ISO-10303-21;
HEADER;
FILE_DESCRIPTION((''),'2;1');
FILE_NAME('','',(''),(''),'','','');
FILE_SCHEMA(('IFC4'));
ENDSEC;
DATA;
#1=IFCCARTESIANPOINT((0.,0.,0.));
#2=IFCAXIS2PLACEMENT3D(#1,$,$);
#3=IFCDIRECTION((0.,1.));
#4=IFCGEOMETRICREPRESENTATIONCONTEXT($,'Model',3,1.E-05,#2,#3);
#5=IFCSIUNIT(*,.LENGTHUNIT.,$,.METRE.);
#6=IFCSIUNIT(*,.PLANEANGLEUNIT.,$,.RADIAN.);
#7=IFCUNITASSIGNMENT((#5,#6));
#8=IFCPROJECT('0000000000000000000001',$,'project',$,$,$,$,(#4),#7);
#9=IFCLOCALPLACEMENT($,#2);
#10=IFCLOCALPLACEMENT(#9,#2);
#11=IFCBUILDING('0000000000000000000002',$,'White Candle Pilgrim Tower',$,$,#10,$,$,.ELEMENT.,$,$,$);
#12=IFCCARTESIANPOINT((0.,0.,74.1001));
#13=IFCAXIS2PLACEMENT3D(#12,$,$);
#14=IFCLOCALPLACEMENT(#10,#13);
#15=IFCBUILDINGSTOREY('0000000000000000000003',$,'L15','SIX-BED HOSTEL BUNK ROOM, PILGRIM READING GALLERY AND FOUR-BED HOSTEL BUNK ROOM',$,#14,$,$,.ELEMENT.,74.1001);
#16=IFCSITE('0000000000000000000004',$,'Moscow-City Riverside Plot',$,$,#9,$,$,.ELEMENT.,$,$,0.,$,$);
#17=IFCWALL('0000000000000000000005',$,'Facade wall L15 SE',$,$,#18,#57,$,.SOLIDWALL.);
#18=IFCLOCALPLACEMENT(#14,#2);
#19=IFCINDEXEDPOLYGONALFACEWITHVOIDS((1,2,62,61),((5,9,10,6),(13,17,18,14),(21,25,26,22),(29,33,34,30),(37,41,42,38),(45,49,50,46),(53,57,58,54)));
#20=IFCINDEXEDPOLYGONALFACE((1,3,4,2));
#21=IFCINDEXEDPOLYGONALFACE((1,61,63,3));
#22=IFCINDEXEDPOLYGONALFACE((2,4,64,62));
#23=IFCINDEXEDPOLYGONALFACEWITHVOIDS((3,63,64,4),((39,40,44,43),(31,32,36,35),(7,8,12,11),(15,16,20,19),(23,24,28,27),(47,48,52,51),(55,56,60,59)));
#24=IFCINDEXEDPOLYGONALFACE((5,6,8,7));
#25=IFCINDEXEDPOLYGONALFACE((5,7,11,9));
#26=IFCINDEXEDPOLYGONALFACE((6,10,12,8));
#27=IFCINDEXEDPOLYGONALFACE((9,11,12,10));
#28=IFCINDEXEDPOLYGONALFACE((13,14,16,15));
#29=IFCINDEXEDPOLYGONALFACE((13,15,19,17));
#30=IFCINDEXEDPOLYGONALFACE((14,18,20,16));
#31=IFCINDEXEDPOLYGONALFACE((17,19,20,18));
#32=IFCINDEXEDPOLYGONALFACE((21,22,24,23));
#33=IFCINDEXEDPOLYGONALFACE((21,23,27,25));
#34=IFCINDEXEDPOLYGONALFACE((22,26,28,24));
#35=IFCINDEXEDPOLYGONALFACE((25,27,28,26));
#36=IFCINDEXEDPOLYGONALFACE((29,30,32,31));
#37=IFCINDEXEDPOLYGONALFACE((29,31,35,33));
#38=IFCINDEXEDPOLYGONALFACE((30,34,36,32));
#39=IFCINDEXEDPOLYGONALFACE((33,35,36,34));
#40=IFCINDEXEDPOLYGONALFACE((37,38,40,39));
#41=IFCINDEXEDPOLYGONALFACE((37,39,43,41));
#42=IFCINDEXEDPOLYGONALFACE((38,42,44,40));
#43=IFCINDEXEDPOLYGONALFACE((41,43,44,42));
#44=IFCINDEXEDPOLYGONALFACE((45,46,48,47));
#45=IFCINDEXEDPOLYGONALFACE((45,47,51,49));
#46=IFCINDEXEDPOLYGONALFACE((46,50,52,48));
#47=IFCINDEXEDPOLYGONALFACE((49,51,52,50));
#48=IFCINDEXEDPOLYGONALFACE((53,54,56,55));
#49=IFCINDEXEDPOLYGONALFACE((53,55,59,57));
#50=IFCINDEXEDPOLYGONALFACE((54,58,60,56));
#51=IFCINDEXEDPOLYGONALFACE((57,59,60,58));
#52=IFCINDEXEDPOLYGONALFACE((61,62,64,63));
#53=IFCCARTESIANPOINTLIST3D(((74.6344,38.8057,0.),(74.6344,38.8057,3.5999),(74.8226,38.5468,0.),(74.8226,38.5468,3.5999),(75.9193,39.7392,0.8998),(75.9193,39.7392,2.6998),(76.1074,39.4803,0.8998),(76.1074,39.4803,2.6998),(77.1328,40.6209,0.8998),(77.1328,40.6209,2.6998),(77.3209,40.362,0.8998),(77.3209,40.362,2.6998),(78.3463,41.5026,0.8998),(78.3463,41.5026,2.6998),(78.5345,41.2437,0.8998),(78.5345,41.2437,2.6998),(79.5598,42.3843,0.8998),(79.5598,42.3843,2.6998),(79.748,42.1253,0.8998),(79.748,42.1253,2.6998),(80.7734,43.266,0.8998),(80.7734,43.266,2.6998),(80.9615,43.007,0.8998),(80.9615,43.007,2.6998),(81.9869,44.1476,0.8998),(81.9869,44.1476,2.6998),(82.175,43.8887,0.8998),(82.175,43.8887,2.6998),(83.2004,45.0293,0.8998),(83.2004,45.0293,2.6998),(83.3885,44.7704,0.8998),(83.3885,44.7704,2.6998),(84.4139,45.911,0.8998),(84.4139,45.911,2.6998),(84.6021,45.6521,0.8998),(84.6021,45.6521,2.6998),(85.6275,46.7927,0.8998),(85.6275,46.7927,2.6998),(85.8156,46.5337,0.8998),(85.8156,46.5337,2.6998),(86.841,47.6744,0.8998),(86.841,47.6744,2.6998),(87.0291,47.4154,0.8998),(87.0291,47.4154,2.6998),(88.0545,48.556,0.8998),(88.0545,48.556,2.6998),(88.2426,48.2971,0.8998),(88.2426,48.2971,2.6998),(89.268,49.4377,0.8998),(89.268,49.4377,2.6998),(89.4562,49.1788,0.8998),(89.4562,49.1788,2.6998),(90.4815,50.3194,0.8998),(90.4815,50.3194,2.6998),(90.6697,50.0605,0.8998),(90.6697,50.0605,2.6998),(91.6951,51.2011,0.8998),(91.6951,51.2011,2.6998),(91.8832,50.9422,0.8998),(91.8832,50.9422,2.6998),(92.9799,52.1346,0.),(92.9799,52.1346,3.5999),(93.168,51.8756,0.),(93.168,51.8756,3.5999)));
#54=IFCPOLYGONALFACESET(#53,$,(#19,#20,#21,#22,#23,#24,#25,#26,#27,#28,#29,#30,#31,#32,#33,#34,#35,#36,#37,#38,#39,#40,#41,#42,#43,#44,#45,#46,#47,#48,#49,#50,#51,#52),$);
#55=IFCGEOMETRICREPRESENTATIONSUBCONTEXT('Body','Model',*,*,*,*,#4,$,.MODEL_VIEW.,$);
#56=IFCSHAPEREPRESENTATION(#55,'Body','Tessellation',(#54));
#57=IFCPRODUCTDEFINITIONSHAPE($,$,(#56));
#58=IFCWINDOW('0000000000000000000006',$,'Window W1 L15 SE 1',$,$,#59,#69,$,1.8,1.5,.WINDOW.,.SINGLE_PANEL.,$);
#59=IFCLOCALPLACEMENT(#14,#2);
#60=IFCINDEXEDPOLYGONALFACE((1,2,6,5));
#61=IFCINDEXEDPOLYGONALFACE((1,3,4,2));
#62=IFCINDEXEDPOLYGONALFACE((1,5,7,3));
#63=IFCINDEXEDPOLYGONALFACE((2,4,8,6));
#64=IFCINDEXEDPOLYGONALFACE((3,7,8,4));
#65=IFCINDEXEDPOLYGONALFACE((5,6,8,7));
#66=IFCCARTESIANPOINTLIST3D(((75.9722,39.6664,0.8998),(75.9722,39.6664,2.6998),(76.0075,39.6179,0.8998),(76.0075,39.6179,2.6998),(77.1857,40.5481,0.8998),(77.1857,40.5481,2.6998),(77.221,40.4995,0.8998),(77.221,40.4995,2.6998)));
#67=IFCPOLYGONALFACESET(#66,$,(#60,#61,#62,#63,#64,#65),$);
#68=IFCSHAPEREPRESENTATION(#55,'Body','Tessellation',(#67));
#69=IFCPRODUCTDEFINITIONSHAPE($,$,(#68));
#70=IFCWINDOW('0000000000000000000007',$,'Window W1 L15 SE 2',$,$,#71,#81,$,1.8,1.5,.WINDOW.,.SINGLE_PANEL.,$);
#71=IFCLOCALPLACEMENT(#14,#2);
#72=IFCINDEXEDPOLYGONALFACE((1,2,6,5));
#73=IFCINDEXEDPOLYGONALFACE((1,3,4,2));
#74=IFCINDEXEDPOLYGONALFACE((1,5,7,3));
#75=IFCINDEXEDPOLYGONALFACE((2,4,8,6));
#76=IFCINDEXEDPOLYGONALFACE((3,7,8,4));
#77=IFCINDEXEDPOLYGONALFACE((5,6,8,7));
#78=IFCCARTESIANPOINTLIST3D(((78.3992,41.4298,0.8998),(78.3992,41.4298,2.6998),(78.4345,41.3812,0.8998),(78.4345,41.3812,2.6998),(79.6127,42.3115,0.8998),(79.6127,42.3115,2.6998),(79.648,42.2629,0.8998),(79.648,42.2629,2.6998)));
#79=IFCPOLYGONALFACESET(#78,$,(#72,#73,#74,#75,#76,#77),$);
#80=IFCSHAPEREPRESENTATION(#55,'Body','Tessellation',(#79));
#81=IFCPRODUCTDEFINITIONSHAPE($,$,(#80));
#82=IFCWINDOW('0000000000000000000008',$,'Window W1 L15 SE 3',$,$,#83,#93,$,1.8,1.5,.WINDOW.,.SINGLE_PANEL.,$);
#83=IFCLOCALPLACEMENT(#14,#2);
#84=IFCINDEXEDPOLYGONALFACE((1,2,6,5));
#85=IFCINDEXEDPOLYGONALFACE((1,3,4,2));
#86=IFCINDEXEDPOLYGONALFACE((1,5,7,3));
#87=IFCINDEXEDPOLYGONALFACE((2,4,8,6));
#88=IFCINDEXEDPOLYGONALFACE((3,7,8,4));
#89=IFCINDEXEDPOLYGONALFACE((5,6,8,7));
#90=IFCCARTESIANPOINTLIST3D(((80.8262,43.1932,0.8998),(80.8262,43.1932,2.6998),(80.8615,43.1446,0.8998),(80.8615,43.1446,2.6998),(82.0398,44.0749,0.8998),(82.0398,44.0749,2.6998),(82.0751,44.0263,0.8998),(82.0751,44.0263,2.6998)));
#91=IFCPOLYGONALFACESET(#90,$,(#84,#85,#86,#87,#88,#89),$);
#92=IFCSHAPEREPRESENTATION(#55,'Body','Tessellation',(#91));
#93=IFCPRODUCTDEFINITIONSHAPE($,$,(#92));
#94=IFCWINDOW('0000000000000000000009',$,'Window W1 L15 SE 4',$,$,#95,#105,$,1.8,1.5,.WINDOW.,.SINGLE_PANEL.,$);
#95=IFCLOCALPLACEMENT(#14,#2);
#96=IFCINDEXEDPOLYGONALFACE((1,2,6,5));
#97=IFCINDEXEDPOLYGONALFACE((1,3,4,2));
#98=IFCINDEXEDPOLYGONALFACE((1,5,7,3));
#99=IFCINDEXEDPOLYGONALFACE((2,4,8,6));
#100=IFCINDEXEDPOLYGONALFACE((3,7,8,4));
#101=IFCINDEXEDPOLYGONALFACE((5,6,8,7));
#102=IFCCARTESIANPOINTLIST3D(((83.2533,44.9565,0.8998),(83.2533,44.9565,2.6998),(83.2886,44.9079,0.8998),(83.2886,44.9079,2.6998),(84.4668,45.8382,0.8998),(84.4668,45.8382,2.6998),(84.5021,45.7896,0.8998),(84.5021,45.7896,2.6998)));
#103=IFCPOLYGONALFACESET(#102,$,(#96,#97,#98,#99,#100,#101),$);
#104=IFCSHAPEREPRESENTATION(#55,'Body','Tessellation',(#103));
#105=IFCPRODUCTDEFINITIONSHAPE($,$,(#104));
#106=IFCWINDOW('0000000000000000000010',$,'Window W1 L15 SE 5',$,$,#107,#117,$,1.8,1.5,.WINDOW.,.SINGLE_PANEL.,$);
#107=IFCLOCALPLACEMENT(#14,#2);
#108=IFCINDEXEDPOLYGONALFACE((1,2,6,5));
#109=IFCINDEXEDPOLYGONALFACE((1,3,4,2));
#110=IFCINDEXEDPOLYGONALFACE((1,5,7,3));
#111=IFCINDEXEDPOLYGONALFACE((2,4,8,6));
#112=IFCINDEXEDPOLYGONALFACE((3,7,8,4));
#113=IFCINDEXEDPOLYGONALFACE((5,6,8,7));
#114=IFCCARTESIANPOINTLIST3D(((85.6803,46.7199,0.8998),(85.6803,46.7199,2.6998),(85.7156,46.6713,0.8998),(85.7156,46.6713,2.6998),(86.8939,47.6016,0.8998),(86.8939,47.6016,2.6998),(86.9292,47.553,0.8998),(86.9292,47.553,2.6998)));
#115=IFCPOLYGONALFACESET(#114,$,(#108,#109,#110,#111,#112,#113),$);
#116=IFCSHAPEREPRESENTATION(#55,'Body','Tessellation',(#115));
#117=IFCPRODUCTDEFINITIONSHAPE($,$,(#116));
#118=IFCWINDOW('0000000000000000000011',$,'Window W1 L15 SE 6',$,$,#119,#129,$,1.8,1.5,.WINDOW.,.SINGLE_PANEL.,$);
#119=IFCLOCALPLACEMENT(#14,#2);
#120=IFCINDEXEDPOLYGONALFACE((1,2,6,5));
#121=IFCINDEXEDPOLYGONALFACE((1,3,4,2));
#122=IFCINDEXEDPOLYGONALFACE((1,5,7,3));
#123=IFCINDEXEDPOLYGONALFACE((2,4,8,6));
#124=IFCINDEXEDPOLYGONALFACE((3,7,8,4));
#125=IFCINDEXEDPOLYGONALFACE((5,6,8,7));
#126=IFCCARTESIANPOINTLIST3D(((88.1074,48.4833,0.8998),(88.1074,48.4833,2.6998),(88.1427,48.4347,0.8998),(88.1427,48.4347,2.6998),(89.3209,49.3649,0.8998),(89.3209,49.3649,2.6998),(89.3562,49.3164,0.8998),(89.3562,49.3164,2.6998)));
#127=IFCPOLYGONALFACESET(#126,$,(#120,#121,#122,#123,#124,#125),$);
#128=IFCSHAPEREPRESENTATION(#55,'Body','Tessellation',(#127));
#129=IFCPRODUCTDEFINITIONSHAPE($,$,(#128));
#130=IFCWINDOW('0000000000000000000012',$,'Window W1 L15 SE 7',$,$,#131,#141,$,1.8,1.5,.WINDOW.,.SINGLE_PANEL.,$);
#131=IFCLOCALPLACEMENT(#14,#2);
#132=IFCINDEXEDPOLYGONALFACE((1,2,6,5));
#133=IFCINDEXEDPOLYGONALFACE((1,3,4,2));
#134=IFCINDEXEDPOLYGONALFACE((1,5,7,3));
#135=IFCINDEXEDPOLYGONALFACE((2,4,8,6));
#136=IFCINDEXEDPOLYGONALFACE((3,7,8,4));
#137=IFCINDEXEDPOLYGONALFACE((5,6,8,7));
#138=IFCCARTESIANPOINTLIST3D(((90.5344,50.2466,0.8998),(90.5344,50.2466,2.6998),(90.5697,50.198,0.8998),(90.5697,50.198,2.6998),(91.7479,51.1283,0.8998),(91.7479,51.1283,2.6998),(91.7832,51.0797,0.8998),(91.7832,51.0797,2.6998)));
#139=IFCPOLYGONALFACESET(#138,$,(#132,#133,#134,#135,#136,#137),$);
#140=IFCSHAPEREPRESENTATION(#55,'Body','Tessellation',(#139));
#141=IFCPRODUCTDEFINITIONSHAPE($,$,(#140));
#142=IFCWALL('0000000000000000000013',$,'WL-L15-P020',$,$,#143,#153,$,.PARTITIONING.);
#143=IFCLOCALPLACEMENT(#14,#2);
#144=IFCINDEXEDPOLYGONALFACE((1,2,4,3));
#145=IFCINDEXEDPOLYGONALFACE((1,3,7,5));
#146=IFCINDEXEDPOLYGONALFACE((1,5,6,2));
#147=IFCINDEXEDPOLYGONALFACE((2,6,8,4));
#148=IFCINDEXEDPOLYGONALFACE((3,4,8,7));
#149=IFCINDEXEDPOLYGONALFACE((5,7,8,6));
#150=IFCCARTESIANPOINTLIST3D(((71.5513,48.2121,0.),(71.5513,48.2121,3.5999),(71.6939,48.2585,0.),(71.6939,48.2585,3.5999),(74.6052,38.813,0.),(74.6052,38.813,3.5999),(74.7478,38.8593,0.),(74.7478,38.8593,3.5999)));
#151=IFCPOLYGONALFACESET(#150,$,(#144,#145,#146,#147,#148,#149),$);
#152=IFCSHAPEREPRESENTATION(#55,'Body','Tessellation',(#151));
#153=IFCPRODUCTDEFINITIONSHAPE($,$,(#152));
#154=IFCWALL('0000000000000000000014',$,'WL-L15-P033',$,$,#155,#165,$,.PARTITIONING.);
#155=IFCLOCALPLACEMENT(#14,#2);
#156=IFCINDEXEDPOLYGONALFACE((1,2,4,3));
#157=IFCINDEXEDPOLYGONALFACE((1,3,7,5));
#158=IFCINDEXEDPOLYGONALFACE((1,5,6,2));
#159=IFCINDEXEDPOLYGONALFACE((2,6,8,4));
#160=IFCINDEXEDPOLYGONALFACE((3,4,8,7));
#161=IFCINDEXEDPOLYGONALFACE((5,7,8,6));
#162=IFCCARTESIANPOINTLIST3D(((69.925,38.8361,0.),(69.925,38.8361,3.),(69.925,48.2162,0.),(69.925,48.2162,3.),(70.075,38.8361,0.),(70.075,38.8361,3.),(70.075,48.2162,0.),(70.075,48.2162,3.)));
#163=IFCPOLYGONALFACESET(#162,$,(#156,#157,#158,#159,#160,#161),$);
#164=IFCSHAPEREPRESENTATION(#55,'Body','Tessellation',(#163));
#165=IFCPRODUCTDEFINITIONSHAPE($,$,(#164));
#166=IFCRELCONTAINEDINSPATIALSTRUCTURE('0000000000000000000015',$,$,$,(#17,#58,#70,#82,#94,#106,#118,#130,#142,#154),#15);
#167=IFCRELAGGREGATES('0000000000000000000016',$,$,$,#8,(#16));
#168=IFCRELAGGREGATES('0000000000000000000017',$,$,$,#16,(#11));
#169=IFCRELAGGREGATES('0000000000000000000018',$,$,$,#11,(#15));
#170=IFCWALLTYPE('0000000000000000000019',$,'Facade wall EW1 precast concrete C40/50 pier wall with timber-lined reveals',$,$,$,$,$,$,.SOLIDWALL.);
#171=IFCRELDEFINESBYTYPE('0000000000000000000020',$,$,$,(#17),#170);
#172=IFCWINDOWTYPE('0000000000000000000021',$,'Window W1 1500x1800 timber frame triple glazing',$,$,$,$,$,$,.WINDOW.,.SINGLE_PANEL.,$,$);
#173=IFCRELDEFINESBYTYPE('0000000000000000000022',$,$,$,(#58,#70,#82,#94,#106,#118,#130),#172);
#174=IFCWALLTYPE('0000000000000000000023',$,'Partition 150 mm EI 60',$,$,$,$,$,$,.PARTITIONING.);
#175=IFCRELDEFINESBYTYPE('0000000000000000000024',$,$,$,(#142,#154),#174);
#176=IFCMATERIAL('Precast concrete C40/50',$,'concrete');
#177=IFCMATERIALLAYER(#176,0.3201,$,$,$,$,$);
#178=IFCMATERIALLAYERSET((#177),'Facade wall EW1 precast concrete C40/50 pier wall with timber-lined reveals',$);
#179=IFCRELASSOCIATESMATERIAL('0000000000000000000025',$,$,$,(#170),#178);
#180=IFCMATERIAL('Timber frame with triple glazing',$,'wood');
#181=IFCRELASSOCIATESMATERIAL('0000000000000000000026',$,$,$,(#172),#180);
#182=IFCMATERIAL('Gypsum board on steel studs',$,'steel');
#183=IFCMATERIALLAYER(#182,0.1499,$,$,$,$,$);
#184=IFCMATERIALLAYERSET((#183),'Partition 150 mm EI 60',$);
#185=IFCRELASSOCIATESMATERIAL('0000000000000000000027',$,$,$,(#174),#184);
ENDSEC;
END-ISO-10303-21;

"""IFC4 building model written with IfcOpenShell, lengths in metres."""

from ifc_helpers import new_model, si_unit, direction, frame, frame_2d, origin, place, context, subcontext, project, spatial, rectangle, extrude, material, layer, layer_set, type_object, element, fill, save


model = new_model("IFC4")

# Units and contexts
model_context = context("Model", 3, precision=1e-05, world=origin(), true_north=direction((0.0, 1.0)))
body_context = subcontext(model_context, "Body", "Model", "MODEL_VIEW")
ifc_project = project(units=[si_unit("LENGTHUNIT", "METRE"), si_unit("PLANEANGLEUNIT", "RADIAN")], contexts=[model_context])

# Site, building, storey
site_placement = place(None, origin())
site = spatial("IfcSite", under=ifc_project, at=site_placement, Name="Moscow-City Riverside Plot", CompositionType="ELEMENT", RefElevation=0.0)
building_placement = place(site_placement, origin())
building = spatial("IfcBuilding", under=site, at=building_placement, Name="White Candle Pilgrim Tower", CompositionType="ELEMENT")
storey_placement = place(building_placement, frame((0.0, 0.0, 74.1001)))
storey = spatial("IfcBuildingStorey", under=building, at=storey_placement, Name="L15", Description="SIX-BED HOSTEL BUNK ROOM, PILGRIM READING GALLERY AND FOUR-BED HOSTEL BUNK ROOM", CompositionType="ELEMENT", Elevation=74.1001)

# Shared definitions
ifc_material_1 = material(Name="Gypsum board on steel studs", Category="steel")

# Wall, openings, windows
ifc_material_2 = material(Name="Precast concrete C40/50", Category="concrete")
ifc_layer_1 = layer(ifc_material_2, 0.3201)
ifc_layer_set_1 = layer_set([ifc_layer_1], Name="Facade wall EW1 precast concrete C40/50 pier wall with timber-lined reveals")
wall_type_1 = type_object("IfcWallType", Name="Facade wall EW1 precast concrete C40/50 pier wall with timber-lined reveals", PredefinedType="SOLIDWALL", material=ifc_layer_set_1)
wall_1_placement = place(storey_placement, frame((74.7285, 38.6763, 0.0), z_axis=(0.0, 0.0, 1.0), x_axis=(0.809015, 0.587788, 0.0)))
wall_1 = element("IfcWall", 1, at=wall_1_placement, inside=storey, type_object=wall_type_1, Name="Facade wall L15 SE", PredefinedType="SOLIDWALL", context=body_context, shape_type="SweptSolid", body=[
    extrude(rectangle(XDim=22.6763, YDim=0.3201, at=frame_2d((11.3381, 0.0))), origin(), (0.0, 0.0, 1.0), 3.5999),
])
opening_1_placement = place(wall_1_placement, frame((1.5881, 0.0, 0.8999)))
opening_1 = element("IfcOpeningElement", 2, at=opening_1_placement, cuts=wall_1, PredefinedType="OPENING", context=body_context, shape_type="SweptSolid", body=[
    extrude(rectangle(XDim=1.5, YDim=1.8, at=frame_2d((0.75, 0.8999))), frame((0.0, 0.1699, 0.0), z_axis=(0.0, -1.0, 0.0), x_axis=(1.0, 0.0, 0.0)), (0.0, 0.0, 1.0), 0.3401),
])
opening_2_placement = place(wall_1_placement, frame((4.5881, 0.0, 0.8999)))
opening_2 = element("IfcOpeningElement", 3, at=opening_2_placement, cuts=wall_1, PredefinedType="OPENING", context=body_context, shape_type="SweptSolid", body=[
    extrude(rectangle(XDim=1.5, YDim=1.8, at=frame_2d((0.75, 0.8999))), frame((0.0, 0.1699, 0.0), z_axis=(0.0, -1.0, 0.0), x_axis=(1.0, 0.0, 0.0)), (0.0, 0.0, 1.0), 0.3401),
])
opening_3_placement = place(wall_1_placement, frame((7.5881, 0.0, 0.8999)))
opening_3 = element("IfcOpeningElement", 4, at=opening_3_placement, cuts=wall_1, PredefinedType="OPENING", context=body_context, shape_type="SweptSolid", body=[
    extrude(rectangle(XDim=1.5, YDim=1.8, at=frame_2d((0.75, 0.8999))), frame((0.0, 0.1699, 0.0), z_axis=(0.0, -1.0, 0.0), x_axis=(1.0, 0.0, 0.0)), (0.0, 0.0, 1.0), 0.3401),
])
opening_4_placement = place(wall_1_placement, frame((10.5881, 0.0, 0.8999)))
opening_4 = element("IfcOpeningElement", 5, at=opening_4_placement, cuts=wall_1, PredefinedType="OPENING", context=body_context, shape_type="SweptSolid", body=[
    extrude(rectangle(XDim=1.5, YDim=1.8, at=frame_2d((0.75, 0.8999))), frame((0.0, 0.1699, 0.0), z_axis=(0.0, -1.0, 0.0), x_axis=(1.0, 0.0, 0.0)), (0.0, 0.0, 1.0), 0.3401),
])
opening_5_placement = place(wall_1_placement, frame((13.5881, 0.0, 0.8999)))
opening_5 = element("IfcOpeningElement", 6, at=opening_5_placement, cuts=wall_1, PredefinedType="OPENING", context=body_context, shape_type="SweptSolid", body=[
    extrude(rectangle(XDim=1.5, YDim=1.8, at=frame_2d((0.75, 0.8999))), frame((0.0, 0.1699, 0.0), z_axis=(0.0, -1.0, 0.0), x_axis=(1.0, 0.0, 0.0)), (0.0, 0.0, 1.0), 0.3401),
])
opening_6_placement = place(wall_1_placement, frame((16.5881, 0.0, 0.8999)))
opening_6 = element("IfcOpeningElement", 7, at=opening_6_placement, cuts=wall_1, PredefinedType="OPENING", context=body_context, shape_type="SweptSolid", body=[
    extrude(rectangle(XDim=1.5, YDim=1.8, at=frame_2d((0.75, 0.8999))), frame((0.0, 0.1699, 0.0), z_axis=(0.0, -1.0, 0.0), x_axis=(1.0, 0.0, 0.0)), (0.0, 0.0, 1.0), 0.3401),
])
opening_7_placement = place(wall_1_placement, frame((19.5881, 0.0, 0.8999)))
opening_7 = element("IfcOpeningElement", 8, at=opening_7_placement, cuts=wall_1, PredefinedType="OPENING", context=body_context, shape_type="SweptSolid", body=[
    extrude(rectangle(XDim=1.5, YDim=1.8, at=frame_2d((0.75, 0.8999))), frame((0.0, 0.1699, 0.0), z_axis=(0.0, -1.0, 0.0), x_axis=(1.0, 0.0, 0.0)), (0.0, 0.0, 1.0), 0.3401),
])
ifc_material_3 = material(Name="Timber frame with triple glazing", Category="wood")
window_type = type_object("IfcWindowType", Name="Window W1 1500x1800 timber frame triple glazing", PartitioningType="SINGLE_PANEL", PredefinedType="WINDOW", material=ifc_material_3)
window_1_placement = place(opening_1_placement, origin())
window_1 = element("IfcWindow", 9, at=window_1_placement, inside=storey, type_object=window_type, Name="Window W1 L15 SE 1", OverallHeight=1.8, OverallWidth=1.5, PartitioningType="SINGLE_PANEL", PredefinedType="WINDOW", context=body_context, shape_type="SweptSolid", body=[
    extrude(rectangle(XDim=1.5, YDim=1.8, at=frame_2d((0.75, 0.8999))), frame((0.0, 0.0701, 0.0), z_axis=(0.0, -1.0, 0.0), x_axis=(1.0, 0.0, 0.0)), (0.0, 0.0, 1.0), 0.0601),
])
fill(opening_1, window_1)
window_2_placement = place(opening_2_placement, origin())
window_2 = element("IfcWindow", 10, at=window_2_placement, inside=storey, type_object=window_type, Name="Window W1 L15 SE 2", OverallHeight=1.8, OverallWidth=1.5, PartitioningType="SINGLE_PANEL", PredefinedType="WINDOW", context=body_context, shape_type="SweptSolid", body=[
    extrude(rectangle(XDim=1.5, YDim=1.8, at=frame_2d((0.75, 0.8999))), frame((0.0, 0.0701, 0.0), z_axis=(0.0, -1.0, 0.0), x_axis=(1.0, 0.0, 0.0)), (0.0, 0.0, 1.0), 0.0601),
])
fill(opening_2, window_2)
window_3_placement = place(opening_3_placement, origin())
window_3 = element("IfcWindow", 11, at=window_3_placement, inside=storey, type_object=window_type, Name="Window W1 L15 SE 3", OverallHeight=1.8, OverallWidth=1.5, PartitioningType="SINGLE_PANEL", PredefinedType="WINDOW", context=body_context, shape_type="SweptSolid", body=[
    extrude(rectangle(XDim=1.5, YDim=1.8, at=frame_2d((0.75, 0.8999))), frame((0.0, 0.0701, 0.0), z_axis=(0.0, -1.0, 0.0), x_axis=(1.0, 0.0, 0.0)), (0.0, 0.0, 1.0), 0.0601),
])
fill(opening_3, window_3)
window_4_placement = place(opening_4_placement, origin())
window_4 = element("IfcWindow", 12, at=window_4_placement, inside=storey, type_object=window_type, Name="Window W1 L15 SE 4", OverallHeight=1.8, OverallWidth=1.5, PartitioningType="SINGLE_PANEL", PredefinedType="WINDOW", context=body_context, shape_type="SweptSolid", body=[
    extrude(rectangle(XDim=1.5, YDim=1.8, at=frame_2d((0.75, 0.8999))), frame((0.0, 0.0701, 0.0), z_axis=(0.0, -1.0, 0.0), x_axis=(1.0, 0.0, 0.0)), (0.0, 0.0, 1.0), 0.0601),
])
fill(opening_4, window_4)
window_5_placement = place(opening_5_placement, origin())
window_5 = element("IfcWindow", 13, at=window_5_placement, inside=storey, type_object=window_type, Name="Window W1 L15 SE 5", OverallHeight=1.8, OverallWidth=1.5, PartitioningType="SINGLE_PANEL", PredefinedType="WINDOW", context=body_context, shape_type="SweptSolid", body=[
    extrude(rectangle(XDim=1.5, YDim=1.8, at=frame_2d((0.75, 0.8999))), frame((0.0, 0.0701, 0.0), z_axis=(0.0, -1.0, 0.0), x_axis=(1.0, 0.0, 0.0)), (0.0, 0.0, 1.0), 0.0601),
])
fill(opening_5, window_5)
window_6_placement = place(opening_6_placement, origin())
window_6 = element("IfcWindow", 14, at=window_6_placement, inside=storey, type_object=window_type, Name="Window W1 L15 SE 6", OverallHeight=1.8, OverallWidth=1.5, PartitioningType="SINGLE_PANEL", PredefinedType="WINDOW", context=body_context, shape_type="SweptSolid", body=[
    extrude(rectangle(XDim=1.5, YDim=1.8, at=frame_2d((0.75, 0.8999))), frame((0.0, 0.0701, 0.0), z_axis=(0.0, -1.0, 0.0), x_axis=(1.0, 0.0, 0.0)), (0.0, 0.0, 1.0), 0.0601),
])
fill(opening_6, window_6)
window_7_placement = place(opening_7_placement, origin())
window_7 = element("IfcWindow", 15, at=window_7_placement, inside=storey, type_object=window_type, Name="Window W1 L15 SE 7", OverallHeight=1.8, OverallWidth=1.5, PartitioningType="SINGLE_PANEL", PredefinedType="WINDOW", context=body_context, shape_type="SweptSolid", body=[
    extrude(rectangle(XDim=1.5, YDim=1.8, at=frame_2d((0.75, 0.8999))), frame((0.0, 0.0701, 0.0), z_axis=(0.0, -1.0, 0.0), x_axis=(1.0, 0.0, 0.0)), (0.0, 0.0, 1.0), 0.0601),
])
fill(opening_7, window_7)

# Walls
ifc_layer_2 = layer(ifc_material_1, 0.1499)
ifc_layer_set_2 = layer_set([ifc_layer_2], Name="Partition 150 mm EI 60")
wall_type_2 = type_object("IfcWallType", Name="Partition 150 mm EI 60", PredefinedType="PARTITIONING", material=ifc_layer_set_2)
wall_2_placement = place(storey_placement, frame((74.6765, 38.8362, 0.0), z_axis=(0.0, 0.0, 1.0), x_axis=(-0.309015, 0.951057, 0.0)))
element("IfcWall", 16, at=wall_2_placement, inside=storey, type_object=wall_type_2, Name="WL-L15-P020", PredefinedType="PARTITIONING", context=body_context, shape_type="SweptSolid", body=[
    extrude(rectangle(XDim=9.8828, YDim=0.1499, at=frame_2d((4.9414, 0.0))), origin(), (0.0, 0.0, 1.0), 3.5999),
])
wall_3_placement = place(storey_placement, frame((70.0, 38.8362, 0.0), z_axis=(0.0, 0.0, 1.0), x_axis=(0.0, 1.0, 0.0)))
element("IfcWall", 17, at=wall_3_placement, inside=storey, type_object=wall_type_2, Name="WL-L15-P033", PredefinedType="PARTITIONING", context=body_context, shape_type="SweptSolid", body=[
    extrude(rectangle(XDim=9.3801, YDim=0.1499, at=frame_2d((4.6899, 0.0))), origin(), (0.0, 0.0, 1.0), 3.0),
])

save(model, "model.ifc")
